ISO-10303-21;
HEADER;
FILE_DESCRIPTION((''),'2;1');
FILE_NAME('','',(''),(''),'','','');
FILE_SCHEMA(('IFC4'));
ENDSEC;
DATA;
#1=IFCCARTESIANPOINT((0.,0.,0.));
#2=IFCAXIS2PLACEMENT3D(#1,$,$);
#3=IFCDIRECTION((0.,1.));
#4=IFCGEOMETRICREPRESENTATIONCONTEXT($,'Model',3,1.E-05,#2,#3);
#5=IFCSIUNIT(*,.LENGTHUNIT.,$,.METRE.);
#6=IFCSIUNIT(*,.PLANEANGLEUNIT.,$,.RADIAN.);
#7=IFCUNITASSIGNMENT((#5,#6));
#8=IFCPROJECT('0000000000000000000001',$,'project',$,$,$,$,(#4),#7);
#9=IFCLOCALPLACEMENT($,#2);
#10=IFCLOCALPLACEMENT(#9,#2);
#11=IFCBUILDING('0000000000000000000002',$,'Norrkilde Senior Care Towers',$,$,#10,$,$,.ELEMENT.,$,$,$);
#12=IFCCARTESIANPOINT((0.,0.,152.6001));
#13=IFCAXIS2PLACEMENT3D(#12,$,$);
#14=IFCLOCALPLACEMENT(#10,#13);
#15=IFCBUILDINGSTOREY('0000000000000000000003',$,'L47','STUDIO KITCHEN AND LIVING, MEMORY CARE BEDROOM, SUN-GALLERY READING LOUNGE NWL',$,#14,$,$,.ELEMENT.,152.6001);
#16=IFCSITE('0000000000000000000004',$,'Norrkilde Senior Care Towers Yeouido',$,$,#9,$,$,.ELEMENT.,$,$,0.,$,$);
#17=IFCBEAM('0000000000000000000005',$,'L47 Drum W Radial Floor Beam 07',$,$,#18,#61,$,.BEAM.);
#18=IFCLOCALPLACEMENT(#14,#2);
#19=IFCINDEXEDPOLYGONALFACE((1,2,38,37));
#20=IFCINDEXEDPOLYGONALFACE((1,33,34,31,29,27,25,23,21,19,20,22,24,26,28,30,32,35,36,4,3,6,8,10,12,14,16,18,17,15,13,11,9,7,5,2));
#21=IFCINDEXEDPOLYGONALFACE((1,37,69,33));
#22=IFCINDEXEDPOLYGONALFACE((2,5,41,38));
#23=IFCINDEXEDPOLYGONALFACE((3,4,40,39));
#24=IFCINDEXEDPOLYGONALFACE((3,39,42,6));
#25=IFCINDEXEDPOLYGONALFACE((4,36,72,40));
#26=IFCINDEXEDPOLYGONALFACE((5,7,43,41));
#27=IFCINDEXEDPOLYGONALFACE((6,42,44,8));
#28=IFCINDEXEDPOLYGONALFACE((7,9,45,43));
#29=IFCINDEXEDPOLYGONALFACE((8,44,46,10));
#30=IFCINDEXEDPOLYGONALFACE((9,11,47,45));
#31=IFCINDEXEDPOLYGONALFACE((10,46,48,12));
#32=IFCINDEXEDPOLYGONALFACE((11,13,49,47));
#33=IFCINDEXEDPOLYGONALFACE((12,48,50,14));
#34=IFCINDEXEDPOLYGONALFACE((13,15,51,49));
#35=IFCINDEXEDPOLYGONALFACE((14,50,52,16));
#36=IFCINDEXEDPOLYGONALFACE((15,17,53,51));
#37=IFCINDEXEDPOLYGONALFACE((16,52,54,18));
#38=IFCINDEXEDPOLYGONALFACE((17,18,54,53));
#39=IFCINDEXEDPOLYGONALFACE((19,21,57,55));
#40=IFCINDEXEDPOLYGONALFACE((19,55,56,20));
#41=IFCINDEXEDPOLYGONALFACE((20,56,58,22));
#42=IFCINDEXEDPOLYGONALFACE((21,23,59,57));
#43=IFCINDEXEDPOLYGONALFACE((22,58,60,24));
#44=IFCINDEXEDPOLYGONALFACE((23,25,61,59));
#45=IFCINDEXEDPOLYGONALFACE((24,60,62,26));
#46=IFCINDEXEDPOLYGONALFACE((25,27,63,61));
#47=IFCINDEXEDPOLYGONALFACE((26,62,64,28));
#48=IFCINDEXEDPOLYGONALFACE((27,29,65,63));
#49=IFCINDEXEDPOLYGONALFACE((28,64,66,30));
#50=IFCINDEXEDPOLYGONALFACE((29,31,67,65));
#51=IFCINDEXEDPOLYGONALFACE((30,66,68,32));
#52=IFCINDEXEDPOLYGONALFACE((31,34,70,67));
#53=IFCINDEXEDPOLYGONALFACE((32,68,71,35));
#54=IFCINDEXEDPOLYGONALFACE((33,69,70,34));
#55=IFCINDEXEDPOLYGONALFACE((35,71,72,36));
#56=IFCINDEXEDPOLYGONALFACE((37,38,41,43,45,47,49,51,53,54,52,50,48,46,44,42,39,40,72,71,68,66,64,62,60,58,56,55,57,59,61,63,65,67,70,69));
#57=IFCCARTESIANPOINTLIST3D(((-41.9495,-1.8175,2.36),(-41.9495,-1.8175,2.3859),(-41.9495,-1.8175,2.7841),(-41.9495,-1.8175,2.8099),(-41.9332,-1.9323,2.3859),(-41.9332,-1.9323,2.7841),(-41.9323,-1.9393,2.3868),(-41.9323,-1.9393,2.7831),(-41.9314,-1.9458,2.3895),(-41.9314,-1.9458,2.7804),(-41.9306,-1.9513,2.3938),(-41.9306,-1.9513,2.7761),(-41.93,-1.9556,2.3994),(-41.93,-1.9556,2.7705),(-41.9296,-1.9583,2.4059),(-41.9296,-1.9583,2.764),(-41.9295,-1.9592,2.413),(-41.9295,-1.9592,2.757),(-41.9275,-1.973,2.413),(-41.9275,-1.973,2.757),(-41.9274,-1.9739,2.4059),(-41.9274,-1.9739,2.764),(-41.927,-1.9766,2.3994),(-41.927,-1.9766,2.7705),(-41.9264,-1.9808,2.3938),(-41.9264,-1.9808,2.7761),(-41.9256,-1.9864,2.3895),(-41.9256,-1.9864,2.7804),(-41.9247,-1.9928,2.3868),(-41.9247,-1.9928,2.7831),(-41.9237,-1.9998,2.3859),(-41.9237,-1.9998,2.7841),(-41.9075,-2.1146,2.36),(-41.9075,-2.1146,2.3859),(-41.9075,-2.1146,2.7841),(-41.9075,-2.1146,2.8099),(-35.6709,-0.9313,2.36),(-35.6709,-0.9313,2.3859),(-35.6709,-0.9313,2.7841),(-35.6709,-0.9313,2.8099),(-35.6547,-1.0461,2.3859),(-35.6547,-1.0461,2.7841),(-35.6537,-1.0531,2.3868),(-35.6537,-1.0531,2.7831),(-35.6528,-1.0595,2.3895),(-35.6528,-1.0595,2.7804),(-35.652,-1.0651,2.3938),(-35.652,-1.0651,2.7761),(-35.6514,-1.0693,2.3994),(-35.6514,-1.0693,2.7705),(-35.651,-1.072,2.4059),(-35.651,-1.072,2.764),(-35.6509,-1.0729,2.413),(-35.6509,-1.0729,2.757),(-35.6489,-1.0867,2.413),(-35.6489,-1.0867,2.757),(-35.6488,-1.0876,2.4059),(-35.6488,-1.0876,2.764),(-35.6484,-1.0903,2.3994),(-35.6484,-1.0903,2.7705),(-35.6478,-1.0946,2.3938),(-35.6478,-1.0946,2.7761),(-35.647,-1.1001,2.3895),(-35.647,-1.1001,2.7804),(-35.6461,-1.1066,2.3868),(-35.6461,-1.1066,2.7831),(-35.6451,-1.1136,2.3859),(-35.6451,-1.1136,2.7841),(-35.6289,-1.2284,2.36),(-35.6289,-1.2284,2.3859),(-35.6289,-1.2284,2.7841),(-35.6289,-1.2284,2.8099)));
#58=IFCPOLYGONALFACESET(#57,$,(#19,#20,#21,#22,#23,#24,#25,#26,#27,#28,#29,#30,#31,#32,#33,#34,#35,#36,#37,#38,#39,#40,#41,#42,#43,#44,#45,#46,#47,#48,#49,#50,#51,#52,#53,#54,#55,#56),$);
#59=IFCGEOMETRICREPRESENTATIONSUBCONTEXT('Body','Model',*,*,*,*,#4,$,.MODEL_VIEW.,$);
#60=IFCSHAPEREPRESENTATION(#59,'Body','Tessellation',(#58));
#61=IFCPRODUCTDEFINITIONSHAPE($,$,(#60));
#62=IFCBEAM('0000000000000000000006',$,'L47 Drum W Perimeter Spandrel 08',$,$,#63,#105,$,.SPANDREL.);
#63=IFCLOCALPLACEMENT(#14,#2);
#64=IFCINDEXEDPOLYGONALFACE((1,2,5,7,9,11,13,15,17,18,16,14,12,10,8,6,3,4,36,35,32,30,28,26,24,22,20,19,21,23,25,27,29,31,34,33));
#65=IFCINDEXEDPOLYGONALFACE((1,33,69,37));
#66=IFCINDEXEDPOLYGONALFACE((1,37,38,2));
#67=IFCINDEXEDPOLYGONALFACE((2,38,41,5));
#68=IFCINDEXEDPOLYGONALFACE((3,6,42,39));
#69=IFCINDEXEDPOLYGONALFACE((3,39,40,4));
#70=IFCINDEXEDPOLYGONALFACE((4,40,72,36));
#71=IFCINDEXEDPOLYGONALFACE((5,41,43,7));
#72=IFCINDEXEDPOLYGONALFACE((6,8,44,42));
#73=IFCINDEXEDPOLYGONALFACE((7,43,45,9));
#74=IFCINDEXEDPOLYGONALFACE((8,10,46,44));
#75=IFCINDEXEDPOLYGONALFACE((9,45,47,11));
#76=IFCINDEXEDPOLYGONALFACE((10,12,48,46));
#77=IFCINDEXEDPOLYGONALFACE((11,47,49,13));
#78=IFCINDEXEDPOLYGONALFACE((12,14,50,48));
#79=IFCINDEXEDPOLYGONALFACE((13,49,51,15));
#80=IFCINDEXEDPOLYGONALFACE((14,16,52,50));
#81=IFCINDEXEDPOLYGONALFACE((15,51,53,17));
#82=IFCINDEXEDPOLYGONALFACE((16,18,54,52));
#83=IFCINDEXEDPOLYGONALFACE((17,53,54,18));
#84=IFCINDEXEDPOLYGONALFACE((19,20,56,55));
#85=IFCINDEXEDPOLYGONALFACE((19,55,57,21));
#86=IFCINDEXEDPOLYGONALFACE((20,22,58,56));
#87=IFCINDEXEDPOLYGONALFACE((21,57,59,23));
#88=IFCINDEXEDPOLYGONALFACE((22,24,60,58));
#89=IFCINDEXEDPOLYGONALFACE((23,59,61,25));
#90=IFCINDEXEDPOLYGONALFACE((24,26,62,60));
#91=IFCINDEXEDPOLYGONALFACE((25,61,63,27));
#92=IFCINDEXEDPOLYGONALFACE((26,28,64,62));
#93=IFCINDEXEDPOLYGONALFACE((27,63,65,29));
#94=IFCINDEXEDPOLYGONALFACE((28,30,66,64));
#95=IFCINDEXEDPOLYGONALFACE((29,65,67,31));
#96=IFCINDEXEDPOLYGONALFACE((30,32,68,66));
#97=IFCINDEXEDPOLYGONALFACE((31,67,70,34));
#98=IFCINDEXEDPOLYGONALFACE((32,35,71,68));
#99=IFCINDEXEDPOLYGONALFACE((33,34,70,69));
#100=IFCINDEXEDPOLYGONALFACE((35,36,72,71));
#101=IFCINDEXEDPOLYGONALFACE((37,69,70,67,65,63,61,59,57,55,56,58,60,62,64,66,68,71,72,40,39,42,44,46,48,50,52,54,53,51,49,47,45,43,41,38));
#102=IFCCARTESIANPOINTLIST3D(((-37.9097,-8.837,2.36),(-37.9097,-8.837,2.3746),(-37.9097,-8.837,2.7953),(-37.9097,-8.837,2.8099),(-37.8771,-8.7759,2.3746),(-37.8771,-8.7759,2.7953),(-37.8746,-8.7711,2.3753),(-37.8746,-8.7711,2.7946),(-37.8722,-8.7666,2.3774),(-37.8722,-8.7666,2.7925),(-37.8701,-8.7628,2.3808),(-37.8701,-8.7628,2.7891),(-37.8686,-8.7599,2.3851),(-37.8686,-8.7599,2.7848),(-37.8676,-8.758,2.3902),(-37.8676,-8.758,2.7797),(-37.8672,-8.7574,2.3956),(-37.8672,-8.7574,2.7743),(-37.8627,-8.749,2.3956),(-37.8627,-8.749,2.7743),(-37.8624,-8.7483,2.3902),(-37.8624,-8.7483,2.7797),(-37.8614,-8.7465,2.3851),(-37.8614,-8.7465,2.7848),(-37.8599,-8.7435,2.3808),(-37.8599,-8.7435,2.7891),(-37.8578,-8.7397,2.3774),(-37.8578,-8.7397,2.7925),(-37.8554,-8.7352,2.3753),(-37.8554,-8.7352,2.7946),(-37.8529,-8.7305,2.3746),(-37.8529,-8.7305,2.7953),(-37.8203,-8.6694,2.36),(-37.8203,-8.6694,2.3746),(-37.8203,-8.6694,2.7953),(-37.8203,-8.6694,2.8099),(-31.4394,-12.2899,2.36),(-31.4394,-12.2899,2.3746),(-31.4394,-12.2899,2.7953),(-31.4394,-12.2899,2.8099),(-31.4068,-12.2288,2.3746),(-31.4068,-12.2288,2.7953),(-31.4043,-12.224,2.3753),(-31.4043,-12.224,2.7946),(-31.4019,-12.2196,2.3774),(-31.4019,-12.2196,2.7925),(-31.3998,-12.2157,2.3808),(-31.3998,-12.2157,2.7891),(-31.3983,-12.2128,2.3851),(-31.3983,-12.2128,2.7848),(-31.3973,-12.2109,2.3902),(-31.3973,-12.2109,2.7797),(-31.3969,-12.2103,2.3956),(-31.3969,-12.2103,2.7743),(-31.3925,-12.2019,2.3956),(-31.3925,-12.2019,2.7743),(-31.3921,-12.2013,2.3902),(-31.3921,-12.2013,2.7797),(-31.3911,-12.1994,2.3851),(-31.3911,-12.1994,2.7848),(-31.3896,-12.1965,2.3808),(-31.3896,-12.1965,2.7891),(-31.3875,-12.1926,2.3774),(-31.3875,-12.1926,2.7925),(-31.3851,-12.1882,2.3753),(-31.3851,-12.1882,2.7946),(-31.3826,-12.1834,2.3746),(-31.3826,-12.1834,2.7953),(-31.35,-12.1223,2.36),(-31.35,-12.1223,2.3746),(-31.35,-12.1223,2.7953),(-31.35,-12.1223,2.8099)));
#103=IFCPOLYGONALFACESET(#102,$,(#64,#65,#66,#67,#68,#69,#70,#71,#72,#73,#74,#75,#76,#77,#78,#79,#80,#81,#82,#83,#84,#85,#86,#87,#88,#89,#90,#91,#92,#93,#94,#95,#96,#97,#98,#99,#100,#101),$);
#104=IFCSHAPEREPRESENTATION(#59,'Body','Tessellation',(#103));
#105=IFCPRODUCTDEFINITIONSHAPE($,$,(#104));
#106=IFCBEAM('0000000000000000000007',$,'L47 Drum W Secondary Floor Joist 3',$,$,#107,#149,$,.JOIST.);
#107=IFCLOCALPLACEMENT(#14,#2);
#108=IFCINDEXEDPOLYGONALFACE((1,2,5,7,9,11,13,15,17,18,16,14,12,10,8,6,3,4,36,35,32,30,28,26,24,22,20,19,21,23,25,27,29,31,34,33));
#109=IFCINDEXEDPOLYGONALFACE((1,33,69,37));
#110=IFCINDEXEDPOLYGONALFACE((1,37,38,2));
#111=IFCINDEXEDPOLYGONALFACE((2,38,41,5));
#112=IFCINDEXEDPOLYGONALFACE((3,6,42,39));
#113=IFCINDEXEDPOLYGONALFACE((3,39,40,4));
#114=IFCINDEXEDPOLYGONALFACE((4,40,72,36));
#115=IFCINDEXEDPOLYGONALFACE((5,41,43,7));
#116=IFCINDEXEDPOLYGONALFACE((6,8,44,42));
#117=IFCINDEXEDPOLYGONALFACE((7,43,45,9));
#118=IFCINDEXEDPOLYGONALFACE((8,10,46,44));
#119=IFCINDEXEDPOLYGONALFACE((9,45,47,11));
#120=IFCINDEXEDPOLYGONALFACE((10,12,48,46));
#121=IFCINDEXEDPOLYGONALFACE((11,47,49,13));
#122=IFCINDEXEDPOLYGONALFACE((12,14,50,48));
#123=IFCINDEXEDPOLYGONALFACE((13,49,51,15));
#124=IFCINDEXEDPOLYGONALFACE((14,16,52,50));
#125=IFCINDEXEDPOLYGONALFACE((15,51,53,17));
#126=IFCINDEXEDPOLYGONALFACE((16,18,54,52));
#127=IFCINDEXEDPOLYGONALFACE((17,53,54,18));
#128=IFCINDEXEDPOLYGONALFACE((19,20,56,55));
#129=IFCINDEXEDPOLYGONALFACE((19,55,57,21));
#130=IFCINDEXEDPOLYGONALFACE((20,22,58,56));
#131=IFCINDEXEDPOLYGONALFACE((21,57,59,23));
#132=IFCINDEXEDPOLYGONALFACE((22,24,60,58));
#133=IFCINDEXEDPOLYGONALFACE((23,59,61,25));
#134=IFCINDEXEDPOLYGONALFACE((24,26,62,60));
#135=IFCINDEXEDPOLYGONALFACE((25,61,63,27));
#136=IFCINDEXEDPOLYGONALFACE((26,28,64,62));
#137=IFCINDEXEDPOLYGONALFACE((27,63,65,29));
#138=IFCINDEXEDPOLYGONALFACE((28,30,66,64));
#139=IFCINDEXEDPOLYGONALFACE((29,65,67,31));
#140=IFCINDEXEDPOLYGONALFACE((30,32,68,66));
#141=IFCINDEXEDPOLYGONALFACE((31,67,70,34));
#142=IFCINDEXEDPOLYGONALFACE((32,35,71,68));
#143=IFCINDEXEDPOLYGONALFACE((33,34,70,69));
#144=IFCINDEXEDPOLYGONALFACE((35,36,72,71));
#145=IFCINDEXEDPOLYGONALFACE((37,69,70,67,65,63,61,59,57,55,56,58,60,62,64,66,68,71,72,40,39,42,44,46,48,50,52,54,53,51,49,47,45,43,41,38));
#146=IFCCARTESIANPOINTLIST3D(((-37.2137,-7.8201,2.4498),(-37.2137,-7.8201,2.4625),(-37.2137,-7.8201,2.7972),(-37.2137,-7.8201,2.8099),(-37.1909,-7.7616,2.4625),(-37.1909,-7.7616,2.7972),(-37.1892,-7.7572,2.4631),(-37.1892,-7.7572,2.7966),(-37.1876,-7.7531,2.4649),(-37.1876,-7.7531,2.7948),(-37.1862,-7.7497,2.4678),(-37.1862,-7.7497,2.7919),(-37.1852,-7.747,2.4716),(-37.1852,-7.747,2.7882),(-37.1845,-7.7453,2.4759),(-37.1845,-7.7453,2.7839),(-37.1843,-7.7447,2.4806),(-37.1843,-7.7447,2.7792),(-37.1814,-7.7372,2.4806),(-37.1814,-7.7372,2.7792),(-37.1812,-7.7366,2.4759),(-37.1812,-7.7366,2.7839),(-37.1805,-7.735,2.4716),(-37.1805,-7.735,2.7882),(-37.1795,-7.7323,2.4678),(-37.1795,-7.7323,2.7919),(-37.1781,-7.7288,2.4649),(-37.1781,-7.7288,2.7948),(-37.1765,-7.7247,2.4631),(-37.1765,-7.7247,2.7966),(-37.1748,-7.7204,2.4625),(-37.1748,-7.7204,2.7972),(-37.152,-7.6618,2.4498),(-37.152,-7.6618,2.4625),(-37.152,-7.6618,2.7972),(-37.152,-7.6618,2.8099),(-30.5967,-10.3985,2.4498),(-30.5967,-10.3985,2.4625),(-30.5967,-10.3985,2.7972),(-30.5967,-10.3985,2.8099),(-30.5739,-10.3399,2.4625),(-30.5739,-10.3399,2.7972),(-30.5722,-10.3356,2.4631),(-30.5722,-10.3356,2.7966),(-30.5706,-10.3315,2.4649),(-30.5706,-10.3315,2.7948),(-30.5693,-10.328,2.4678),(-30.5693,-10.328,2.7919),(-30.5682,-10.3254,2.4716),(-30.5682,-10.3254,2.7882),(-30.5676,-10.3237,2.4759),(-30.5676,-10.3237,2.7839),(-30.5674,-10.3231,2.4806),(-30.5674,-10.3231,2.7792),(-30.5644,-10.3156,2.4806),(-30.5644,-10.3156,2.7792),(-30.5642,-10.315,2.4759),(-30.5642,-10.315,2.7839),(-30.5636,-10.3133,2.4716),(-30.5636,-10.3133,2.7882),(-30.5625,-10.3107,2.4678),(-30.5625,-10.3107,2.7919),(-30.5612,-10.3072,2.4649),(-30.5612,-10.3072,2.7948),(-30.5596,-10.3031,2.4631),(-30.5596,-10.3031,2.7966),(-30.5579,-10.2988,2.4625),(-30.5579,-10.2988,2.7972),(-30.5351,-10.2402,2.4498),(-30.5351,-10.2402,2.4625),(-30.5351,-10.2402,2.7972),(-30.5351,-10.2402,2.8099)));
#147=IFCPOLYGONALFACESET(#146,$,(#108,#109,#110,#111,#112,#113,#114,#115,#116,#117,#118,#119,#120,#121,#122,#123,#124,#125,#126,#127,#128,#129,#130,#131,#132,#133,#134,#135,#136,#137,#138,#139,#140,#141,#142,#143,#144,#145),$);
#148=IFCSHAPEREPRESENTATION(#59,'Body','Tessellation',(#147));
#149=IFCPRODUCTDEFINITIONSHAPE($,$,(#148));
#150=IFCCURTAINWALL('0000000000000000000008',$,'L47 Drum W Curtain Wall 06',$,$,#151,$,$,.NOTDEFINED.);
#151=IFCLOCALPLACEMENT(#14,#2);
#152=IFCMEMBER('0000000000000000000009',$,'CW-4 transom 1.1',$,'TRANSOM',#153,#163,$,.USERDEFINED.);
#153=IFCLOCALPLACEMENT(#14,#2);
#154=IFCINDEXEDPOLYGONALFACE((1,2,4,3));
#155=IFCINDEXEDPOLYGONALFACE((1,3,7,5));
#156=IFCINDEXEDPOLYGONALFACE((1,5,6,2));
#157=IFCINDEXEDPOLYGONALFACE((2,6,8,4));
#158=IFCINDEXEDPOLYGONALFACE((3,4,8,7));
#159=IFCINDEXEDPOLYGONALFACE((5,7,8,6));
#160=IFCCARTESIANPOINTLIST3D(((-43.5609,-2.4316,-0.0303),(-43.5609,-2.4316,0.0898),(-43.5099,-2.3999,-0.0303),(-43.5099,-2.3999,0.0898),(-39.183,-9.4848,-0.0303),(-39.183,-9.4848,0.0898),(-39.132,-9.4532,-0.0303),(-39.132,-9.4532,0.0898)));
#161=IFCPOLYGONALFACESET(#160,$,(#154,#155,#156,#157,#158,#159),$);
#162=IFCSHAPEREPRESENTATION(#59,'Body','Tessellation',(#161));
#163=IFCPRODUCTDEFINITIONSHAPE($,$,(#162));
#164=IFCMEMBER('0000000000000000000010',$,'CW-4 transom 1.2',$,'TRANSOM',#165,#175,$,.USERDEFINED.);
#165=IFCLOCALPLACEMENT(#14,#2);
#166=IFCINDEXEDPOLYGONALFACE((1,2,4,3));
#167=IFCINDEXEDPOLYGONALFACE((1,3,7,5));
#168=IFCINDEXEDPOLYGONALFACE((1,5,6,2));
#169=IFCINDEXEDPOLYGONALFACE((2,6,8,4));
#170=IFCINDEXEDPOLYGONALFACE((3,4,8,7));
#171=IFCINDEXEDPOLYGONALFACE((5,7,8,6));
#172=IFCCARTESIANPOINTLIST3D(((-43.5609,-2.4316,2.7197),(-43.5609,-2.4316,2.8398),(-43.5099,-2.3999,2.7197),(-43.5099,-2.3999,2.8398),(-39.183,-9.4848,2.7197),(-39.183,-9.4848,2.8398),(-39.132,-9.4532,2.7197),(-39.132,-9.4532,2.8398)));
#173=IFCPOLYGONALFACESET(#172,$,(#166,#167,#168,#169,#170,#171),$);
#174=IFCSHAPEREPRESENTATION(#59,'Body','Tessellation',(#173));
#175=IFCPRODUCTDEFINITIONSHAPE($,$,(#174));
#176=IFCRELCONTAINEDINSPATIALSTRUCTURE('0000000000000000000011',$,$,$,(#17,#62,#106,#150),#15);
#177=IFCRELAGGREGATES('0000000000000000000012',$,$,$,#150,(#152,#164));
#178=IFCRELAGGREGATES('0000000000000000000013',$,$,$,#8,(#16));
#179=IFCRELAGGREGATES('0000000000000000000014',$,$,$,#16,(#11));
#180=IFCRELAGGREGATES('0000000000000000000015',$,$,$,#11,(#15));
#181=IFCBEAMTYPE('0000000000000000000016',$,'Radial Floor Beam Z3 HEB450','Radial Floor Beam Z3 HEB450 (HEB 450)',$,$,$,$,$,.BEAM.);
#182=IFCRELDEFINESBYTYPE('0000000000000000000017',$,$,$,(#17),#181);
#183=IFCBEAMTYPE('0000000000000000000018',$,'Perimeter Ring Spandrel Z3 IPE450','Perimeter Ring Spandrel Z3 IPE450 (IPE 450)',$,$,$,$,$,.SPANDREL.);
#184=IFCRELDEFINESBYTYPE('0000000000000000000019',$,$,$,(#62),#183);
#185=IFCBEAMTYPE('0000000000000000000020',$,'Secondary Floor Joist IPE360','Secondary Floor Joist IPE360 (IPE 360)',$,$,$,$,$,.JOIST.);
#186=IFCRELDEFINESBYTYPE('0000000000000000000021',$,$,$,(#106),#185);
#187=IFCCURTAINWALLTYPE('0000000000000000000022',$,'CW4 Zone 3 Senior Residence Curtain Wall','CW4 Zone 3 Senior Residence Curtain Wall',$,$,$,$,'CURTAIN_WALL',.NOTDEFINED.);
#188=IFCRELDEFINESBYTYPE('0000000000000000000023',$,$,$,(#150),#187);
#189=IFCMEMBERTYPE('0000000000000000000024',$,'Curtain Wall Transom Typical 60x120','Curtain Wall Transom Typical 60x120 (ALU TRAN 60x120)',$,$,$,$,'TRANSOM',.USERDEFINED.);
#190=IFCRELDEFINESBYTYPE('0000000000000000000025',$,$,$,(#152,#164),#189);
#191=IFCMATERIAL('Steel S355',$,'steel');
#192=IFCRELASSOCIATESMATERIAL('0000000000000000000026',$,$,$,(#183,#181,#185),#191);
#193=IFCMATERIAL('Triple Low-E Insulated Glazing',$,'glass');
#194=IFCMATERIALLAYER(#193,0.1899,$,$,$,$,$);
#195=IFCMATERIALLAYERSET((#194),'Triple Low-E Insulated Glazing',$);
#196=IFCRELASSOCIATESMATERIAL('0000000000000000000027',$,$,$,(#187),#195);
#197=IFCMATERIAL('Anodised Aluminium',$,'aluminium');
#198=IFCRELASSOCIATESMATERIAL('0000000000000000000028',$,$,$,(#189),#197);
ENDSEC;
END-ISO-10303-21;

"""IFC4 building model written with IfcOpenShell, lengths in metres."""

from ifc_helpers import new_model, si_unit, direction, frame, origin, origin_2d, place, context, subcontext, project, spatial, rectangle, i_section, extrude, source, transform, mapped, material, layer, layer_set, material_profile, profile_set, type_object, type_shapes, element, aggregate, save


model = new_model("IFC4")

# Units and contexts
model_context = context("Model", 3, precision=1e-05, world=origin(), true_north=direction((0.0, 1.0)))
body_context = subcontext(model_context, "Body", "Model", "MODEL_VIEW")
ifc_project = project(units=[si_unit("LENGTHUNIT", "METRE"), si_unit("PLANEANGLEUNIT", "RADIAN")], contexts=[model_context])

# Site, building, storey
site_placement = place(None, origin())
site = spatial("IfcSite", under=ifc_project, at=site_placement, Name="Norrkilde Senior Care Towers Yeouido", CompositionType="ELEMENT", RefElevation=0.0)
building_placement = place(site_placement, origin())
building = spatial("IfcBuilding", under=site, at=building_placement, Name="Norrkilde Senior Care Towers", CompositionType="ELEMENT")
storey_placement = place(building_placement, frame((0.0, 0.0, 152.6001)))
storey = spatial("IfcBuildingStorey", under=building, at=storey_placement, Name="L47", Description="STUDIO KITCHEN AND LIVING, MEMORY CARE BEDROOM, SUN-GALLERY READING LOUNGE NWL", CompositionType="ELEMENT", Elevation=152.6001)

# Beams
ifc_material_1 = material(Name="Steel S355", Category="steel")
ifc_material_profile_1 = material_profile(ifc_material_1, i_section(OverallWidth=0.1899, OverallDepth=0.45, WebThickness=0.0095, FlangeThickness=0.0146, FilletRadius=0.021, at=origin_2d()), Name="IPE 450")
ifc_profile_set_1 = profile_set([ifc_material_profile_1], Name="Steel S355")
beam_type_1 = type_object("IfcBeamType", Name="Perimeter Ring Spandrel Z3 IPE450", Description="Perimeter Ring Spandrel Z3 IPE450 (IPE 450)", PredefinedType="SPANDREL", material=ifc_profile_set_1)
ifc_material_profile_2 = material_profile(ifc_material_1, i_section(OverallWidth=0.3, OverallDepth=0.45, WebThickness=0.0139, FlangeThickness=0.0259, FilletRadius=0.0271, at=origin_2d()), Name="HEB 450")
ifc_profile_set_2 = profile_set([ifc_material_profile_2], Name="Steel S355")
beam_type_2 = type_object("IfcBeamType", Name="Radial Floor Beam Z3 HEB450", Description="Radial Floor Beam Z3 HEB450 (HEB 450)", PredefinedType="BEAM", material=ifc_profile_set_2)
shared_shape_1 = source(origin(), body_context, "Body", "SweptSolid", [
    extrude(i_section(OverallWidth=0.3, OverallDepth=0.45, WebThickness=0.0139, FlangeThickness=0.0259, FilletRadius=0.0271, at=origin_2d()), origin(), (0.0, 0.0, 1.0), 6.3408),
])
type_shapes(beam_type_2, [shared_shape_1])
beam_1_placement = place(storey_placement, frame((-35.6499, -1.0798, 2.585), z_axis=(-0.990185, -0.139766, 0.0), x_axis=(0.139766, -0.990185, 0.0)))
element("IfcBeam", 1, at=beam_1_placement, inside=storey, type_object=beam_type_2, Name="L47 Drum W Radial Floor Beam 07", PredefinedType="BEAM", context=body_context, shape_type="MappedRepresentation", body=[
    mapped(shared_shape_1, transform((0.0, 0.0, 0.0), x_axis=(1.0, 0.0, 0.0), y_axis=(0.0, 1.0, 0.0), z_axis=(0.0, 0.0, 1.0), scale=1.0)),
])
shared_shape_2 = source(origin(), body_context, "Body", "SweptSolid", [
    extrude(i_section(OverallWidth=0.1899, OverallDepth=0.45, WebThickness=0.0095, FlangeThickness=0.0146, FilletRadius=0.021, at=origin_2d()), origin(), (0.0, 0.0, 1.0), 7.334),
])
beam_2_placement = place(storey_placement, frame((-37.865, -8.7532, 2.585), z_axis=(0.882234, -0.470811, 0.0), x_axis=(0.470811, 0.882234, 0.0)))
element("IfcBeam", 2, at=beam_2_placement, inside=storey, type_object=beam_type_1, Name="L47 Drum W Perimeter Spandrel 08", PredefinedType="SPANDREL", context=body_context, shape_type="MappedRepresentation", body=[
    mapped(shared_shape_2, transform((0.0, 0.0, 0.0), x_axis=(1.0, 0.0, 0.0), y_axis=(0.0, 1.0, 0.0), z_axis=(0.0, 0.0, 1.0), scale=1.0)),
])
ifc_material_profile_3 = material_profile(ifc_material_1, i_section(OverallWidth=0.1699, OverallDepth=0.3601, WebThickness=0.0081, FlangeThickness=0.0127, FilletRadius=0.0181, at=origin_2d()), Name="IPE 360")
ifc_profile_set_3 = profile_set([ifc_material_profile_3], Name="Steel S355")
beam_type_3 = type_object("IfcBeamType", Name="Secondary Floor Joist IPE360", Description="Secondary Floor Joist IPE360 (IPE 360)", PredefinedType="JOIST", material=ifc_profile_set_3)
shared_shape_3 = source(origin(), body_context, "Body", "SweptSolid", [
    extrude(i_section(OverallWidth=0.1699, OverallDepth=0.3601, WebThickness=0.0081, FlangeThickness=0.0127, FilletRadius=0.0181, at=origin_2d()), origin(), (0.0, 0.0, 1.0), 7.1016),
])
type_shapes(beam_type_3, [shared_shape_3])
beam_3_placement = place(storey_placement, frame((-37.1829, -7.741, 2.6299), z_axis=(0.931761, -0.363072, 0.0), x_axis=(0.363072, 0.931761, 0.0)))
element("IfcBeam", 3, at=beam_3_placement, inside=storey, type_object=beam_type_3, Name="L47 Drum W Secondary Floor Joist 3", PredefinedType="JOIST", context=body_context, shape_type="MappedRepresentation", body=[
    mapped(shared_shape_3, transform((0.0, 0.0, 0.0), x_axis=(1.0, 0.0, 0.0), y_axis=(0.0, 1.0, 0.0), z_axis=(0.0, 0.0, 1.0), scale=1.0)),
])

# Curtain wall, members
ifc_material_2 = material(Name="Triple Low-E Insulated Glazing", Category="glass")
ifc_layer_1 = layer(ifc_material_2, 0.1899)
ifc_layer_set_1 = layer_set([ifc_layer_1], Name="Triple Low-E Insulated Glazing")
curtain_wall_type = type_object("IfcCurtainWallType", Name="CW4 Zone 3 Senior Residence Curtain Wall", Description="CW4 Zone 3 Senior Residence Curtain Wall", ElementType="CURTAIN_WALL", PredefinedType="NOTDEFINED", material=ifc_layer_set_1)
curtain_wall_1_placement = place(storey_placement, origin())
curtain_wall_1 = element("IfcCurtainWall", 4, at=curtain_wall_1_placement, inside=storey, type_object=curtain_wall_type, Name="L47 Drum W Curtain Wall 06", PredefinedType="NOTDEFINED")
ifc_material_3 = material(Name="Anodised Aluminium", Category="aluminium")
ifc_material_profile_4 = material_profile(ifc_material_3, rectangle(XDim=0.0601, YDim=0.1201, at=origin_2d()), Name="ALU TRAN 60x120")
ifc_profile_set_4 = profile_set([ifc_material_profile_4], Name="Anodised Aluminium")
member_type_1 = type_object("IfcMemberType", Name="Curtain Wall Transom Typical 60x120", Description="Curtain Wall Transom Typical 60x120 (ALU TRAN 60x120)", ElementType="TRANSOM", PredefinedType="USERDEFINED", material=ifc_profile_set_4)
shared_shape_4 = source(origin(), body_context, "Body", "SweptSolid", [
    extrude(rectangle(XDim=0.0601, YDim=0.1201, at=origin_2d()), origin(), (0.0, 0.0, 1.0), 8.3015),
])
type_shapes(member_type_1, [shared_shape_4])
member_1_placement = place(storey_placement, frame((-39.1575, -9.469, 0.0298), z_axis=(-0.527369, 0.849637, 0.0), x_axis=(-0.849637, -0.527369, 0.0)))
member_1 = element("IfcMember", 5, at=member_1_placement, type_object=member_type_1, Name="CW-4 transom 1.1", ObjectType="TRANSOM", PredefinedType="USERDEFINED", context=body_context, shape_type="MappedRepresentation", body=[
    mapped(shared_shape_4, transform((0.0, 0.0, 0.0), x_axis=(1.0, 0.0, 0.0), y_axis=(0.0, 1.0, 0.0), z_axis=(0.0, 0.0, 1.0), scale=1.0)),
])
member_2_placement = place(storey_placement, frame((-39.1575, -9.469, 2.7798), z_axis=(-0.527369, 0.849637, 0.0), x_axis=(-0.849637, -0.527369, 0.0)))
member_2 = element("IfcMember", 6, at=member_2_placement, type_object=member_type_1, Name="CW-4 transom 1.2", ObjectType="TRANSOM", PredefinedType="USERDEFINED", context=body_context, shape_type="MappedRepresentation", body=[
    mapped(shared_shape_4, transform((0.0, 0.0, 0.0), x_axis=(1.0, 0.0, 0.0), y_axis=(0.0, 1.0, 0.0), z_axis=(0.0, 0.0, 1.0), scale=1.0)),
])

aggregate(curtain_wall_1, [member_1, member_2])

save(model, "model.ifc")
